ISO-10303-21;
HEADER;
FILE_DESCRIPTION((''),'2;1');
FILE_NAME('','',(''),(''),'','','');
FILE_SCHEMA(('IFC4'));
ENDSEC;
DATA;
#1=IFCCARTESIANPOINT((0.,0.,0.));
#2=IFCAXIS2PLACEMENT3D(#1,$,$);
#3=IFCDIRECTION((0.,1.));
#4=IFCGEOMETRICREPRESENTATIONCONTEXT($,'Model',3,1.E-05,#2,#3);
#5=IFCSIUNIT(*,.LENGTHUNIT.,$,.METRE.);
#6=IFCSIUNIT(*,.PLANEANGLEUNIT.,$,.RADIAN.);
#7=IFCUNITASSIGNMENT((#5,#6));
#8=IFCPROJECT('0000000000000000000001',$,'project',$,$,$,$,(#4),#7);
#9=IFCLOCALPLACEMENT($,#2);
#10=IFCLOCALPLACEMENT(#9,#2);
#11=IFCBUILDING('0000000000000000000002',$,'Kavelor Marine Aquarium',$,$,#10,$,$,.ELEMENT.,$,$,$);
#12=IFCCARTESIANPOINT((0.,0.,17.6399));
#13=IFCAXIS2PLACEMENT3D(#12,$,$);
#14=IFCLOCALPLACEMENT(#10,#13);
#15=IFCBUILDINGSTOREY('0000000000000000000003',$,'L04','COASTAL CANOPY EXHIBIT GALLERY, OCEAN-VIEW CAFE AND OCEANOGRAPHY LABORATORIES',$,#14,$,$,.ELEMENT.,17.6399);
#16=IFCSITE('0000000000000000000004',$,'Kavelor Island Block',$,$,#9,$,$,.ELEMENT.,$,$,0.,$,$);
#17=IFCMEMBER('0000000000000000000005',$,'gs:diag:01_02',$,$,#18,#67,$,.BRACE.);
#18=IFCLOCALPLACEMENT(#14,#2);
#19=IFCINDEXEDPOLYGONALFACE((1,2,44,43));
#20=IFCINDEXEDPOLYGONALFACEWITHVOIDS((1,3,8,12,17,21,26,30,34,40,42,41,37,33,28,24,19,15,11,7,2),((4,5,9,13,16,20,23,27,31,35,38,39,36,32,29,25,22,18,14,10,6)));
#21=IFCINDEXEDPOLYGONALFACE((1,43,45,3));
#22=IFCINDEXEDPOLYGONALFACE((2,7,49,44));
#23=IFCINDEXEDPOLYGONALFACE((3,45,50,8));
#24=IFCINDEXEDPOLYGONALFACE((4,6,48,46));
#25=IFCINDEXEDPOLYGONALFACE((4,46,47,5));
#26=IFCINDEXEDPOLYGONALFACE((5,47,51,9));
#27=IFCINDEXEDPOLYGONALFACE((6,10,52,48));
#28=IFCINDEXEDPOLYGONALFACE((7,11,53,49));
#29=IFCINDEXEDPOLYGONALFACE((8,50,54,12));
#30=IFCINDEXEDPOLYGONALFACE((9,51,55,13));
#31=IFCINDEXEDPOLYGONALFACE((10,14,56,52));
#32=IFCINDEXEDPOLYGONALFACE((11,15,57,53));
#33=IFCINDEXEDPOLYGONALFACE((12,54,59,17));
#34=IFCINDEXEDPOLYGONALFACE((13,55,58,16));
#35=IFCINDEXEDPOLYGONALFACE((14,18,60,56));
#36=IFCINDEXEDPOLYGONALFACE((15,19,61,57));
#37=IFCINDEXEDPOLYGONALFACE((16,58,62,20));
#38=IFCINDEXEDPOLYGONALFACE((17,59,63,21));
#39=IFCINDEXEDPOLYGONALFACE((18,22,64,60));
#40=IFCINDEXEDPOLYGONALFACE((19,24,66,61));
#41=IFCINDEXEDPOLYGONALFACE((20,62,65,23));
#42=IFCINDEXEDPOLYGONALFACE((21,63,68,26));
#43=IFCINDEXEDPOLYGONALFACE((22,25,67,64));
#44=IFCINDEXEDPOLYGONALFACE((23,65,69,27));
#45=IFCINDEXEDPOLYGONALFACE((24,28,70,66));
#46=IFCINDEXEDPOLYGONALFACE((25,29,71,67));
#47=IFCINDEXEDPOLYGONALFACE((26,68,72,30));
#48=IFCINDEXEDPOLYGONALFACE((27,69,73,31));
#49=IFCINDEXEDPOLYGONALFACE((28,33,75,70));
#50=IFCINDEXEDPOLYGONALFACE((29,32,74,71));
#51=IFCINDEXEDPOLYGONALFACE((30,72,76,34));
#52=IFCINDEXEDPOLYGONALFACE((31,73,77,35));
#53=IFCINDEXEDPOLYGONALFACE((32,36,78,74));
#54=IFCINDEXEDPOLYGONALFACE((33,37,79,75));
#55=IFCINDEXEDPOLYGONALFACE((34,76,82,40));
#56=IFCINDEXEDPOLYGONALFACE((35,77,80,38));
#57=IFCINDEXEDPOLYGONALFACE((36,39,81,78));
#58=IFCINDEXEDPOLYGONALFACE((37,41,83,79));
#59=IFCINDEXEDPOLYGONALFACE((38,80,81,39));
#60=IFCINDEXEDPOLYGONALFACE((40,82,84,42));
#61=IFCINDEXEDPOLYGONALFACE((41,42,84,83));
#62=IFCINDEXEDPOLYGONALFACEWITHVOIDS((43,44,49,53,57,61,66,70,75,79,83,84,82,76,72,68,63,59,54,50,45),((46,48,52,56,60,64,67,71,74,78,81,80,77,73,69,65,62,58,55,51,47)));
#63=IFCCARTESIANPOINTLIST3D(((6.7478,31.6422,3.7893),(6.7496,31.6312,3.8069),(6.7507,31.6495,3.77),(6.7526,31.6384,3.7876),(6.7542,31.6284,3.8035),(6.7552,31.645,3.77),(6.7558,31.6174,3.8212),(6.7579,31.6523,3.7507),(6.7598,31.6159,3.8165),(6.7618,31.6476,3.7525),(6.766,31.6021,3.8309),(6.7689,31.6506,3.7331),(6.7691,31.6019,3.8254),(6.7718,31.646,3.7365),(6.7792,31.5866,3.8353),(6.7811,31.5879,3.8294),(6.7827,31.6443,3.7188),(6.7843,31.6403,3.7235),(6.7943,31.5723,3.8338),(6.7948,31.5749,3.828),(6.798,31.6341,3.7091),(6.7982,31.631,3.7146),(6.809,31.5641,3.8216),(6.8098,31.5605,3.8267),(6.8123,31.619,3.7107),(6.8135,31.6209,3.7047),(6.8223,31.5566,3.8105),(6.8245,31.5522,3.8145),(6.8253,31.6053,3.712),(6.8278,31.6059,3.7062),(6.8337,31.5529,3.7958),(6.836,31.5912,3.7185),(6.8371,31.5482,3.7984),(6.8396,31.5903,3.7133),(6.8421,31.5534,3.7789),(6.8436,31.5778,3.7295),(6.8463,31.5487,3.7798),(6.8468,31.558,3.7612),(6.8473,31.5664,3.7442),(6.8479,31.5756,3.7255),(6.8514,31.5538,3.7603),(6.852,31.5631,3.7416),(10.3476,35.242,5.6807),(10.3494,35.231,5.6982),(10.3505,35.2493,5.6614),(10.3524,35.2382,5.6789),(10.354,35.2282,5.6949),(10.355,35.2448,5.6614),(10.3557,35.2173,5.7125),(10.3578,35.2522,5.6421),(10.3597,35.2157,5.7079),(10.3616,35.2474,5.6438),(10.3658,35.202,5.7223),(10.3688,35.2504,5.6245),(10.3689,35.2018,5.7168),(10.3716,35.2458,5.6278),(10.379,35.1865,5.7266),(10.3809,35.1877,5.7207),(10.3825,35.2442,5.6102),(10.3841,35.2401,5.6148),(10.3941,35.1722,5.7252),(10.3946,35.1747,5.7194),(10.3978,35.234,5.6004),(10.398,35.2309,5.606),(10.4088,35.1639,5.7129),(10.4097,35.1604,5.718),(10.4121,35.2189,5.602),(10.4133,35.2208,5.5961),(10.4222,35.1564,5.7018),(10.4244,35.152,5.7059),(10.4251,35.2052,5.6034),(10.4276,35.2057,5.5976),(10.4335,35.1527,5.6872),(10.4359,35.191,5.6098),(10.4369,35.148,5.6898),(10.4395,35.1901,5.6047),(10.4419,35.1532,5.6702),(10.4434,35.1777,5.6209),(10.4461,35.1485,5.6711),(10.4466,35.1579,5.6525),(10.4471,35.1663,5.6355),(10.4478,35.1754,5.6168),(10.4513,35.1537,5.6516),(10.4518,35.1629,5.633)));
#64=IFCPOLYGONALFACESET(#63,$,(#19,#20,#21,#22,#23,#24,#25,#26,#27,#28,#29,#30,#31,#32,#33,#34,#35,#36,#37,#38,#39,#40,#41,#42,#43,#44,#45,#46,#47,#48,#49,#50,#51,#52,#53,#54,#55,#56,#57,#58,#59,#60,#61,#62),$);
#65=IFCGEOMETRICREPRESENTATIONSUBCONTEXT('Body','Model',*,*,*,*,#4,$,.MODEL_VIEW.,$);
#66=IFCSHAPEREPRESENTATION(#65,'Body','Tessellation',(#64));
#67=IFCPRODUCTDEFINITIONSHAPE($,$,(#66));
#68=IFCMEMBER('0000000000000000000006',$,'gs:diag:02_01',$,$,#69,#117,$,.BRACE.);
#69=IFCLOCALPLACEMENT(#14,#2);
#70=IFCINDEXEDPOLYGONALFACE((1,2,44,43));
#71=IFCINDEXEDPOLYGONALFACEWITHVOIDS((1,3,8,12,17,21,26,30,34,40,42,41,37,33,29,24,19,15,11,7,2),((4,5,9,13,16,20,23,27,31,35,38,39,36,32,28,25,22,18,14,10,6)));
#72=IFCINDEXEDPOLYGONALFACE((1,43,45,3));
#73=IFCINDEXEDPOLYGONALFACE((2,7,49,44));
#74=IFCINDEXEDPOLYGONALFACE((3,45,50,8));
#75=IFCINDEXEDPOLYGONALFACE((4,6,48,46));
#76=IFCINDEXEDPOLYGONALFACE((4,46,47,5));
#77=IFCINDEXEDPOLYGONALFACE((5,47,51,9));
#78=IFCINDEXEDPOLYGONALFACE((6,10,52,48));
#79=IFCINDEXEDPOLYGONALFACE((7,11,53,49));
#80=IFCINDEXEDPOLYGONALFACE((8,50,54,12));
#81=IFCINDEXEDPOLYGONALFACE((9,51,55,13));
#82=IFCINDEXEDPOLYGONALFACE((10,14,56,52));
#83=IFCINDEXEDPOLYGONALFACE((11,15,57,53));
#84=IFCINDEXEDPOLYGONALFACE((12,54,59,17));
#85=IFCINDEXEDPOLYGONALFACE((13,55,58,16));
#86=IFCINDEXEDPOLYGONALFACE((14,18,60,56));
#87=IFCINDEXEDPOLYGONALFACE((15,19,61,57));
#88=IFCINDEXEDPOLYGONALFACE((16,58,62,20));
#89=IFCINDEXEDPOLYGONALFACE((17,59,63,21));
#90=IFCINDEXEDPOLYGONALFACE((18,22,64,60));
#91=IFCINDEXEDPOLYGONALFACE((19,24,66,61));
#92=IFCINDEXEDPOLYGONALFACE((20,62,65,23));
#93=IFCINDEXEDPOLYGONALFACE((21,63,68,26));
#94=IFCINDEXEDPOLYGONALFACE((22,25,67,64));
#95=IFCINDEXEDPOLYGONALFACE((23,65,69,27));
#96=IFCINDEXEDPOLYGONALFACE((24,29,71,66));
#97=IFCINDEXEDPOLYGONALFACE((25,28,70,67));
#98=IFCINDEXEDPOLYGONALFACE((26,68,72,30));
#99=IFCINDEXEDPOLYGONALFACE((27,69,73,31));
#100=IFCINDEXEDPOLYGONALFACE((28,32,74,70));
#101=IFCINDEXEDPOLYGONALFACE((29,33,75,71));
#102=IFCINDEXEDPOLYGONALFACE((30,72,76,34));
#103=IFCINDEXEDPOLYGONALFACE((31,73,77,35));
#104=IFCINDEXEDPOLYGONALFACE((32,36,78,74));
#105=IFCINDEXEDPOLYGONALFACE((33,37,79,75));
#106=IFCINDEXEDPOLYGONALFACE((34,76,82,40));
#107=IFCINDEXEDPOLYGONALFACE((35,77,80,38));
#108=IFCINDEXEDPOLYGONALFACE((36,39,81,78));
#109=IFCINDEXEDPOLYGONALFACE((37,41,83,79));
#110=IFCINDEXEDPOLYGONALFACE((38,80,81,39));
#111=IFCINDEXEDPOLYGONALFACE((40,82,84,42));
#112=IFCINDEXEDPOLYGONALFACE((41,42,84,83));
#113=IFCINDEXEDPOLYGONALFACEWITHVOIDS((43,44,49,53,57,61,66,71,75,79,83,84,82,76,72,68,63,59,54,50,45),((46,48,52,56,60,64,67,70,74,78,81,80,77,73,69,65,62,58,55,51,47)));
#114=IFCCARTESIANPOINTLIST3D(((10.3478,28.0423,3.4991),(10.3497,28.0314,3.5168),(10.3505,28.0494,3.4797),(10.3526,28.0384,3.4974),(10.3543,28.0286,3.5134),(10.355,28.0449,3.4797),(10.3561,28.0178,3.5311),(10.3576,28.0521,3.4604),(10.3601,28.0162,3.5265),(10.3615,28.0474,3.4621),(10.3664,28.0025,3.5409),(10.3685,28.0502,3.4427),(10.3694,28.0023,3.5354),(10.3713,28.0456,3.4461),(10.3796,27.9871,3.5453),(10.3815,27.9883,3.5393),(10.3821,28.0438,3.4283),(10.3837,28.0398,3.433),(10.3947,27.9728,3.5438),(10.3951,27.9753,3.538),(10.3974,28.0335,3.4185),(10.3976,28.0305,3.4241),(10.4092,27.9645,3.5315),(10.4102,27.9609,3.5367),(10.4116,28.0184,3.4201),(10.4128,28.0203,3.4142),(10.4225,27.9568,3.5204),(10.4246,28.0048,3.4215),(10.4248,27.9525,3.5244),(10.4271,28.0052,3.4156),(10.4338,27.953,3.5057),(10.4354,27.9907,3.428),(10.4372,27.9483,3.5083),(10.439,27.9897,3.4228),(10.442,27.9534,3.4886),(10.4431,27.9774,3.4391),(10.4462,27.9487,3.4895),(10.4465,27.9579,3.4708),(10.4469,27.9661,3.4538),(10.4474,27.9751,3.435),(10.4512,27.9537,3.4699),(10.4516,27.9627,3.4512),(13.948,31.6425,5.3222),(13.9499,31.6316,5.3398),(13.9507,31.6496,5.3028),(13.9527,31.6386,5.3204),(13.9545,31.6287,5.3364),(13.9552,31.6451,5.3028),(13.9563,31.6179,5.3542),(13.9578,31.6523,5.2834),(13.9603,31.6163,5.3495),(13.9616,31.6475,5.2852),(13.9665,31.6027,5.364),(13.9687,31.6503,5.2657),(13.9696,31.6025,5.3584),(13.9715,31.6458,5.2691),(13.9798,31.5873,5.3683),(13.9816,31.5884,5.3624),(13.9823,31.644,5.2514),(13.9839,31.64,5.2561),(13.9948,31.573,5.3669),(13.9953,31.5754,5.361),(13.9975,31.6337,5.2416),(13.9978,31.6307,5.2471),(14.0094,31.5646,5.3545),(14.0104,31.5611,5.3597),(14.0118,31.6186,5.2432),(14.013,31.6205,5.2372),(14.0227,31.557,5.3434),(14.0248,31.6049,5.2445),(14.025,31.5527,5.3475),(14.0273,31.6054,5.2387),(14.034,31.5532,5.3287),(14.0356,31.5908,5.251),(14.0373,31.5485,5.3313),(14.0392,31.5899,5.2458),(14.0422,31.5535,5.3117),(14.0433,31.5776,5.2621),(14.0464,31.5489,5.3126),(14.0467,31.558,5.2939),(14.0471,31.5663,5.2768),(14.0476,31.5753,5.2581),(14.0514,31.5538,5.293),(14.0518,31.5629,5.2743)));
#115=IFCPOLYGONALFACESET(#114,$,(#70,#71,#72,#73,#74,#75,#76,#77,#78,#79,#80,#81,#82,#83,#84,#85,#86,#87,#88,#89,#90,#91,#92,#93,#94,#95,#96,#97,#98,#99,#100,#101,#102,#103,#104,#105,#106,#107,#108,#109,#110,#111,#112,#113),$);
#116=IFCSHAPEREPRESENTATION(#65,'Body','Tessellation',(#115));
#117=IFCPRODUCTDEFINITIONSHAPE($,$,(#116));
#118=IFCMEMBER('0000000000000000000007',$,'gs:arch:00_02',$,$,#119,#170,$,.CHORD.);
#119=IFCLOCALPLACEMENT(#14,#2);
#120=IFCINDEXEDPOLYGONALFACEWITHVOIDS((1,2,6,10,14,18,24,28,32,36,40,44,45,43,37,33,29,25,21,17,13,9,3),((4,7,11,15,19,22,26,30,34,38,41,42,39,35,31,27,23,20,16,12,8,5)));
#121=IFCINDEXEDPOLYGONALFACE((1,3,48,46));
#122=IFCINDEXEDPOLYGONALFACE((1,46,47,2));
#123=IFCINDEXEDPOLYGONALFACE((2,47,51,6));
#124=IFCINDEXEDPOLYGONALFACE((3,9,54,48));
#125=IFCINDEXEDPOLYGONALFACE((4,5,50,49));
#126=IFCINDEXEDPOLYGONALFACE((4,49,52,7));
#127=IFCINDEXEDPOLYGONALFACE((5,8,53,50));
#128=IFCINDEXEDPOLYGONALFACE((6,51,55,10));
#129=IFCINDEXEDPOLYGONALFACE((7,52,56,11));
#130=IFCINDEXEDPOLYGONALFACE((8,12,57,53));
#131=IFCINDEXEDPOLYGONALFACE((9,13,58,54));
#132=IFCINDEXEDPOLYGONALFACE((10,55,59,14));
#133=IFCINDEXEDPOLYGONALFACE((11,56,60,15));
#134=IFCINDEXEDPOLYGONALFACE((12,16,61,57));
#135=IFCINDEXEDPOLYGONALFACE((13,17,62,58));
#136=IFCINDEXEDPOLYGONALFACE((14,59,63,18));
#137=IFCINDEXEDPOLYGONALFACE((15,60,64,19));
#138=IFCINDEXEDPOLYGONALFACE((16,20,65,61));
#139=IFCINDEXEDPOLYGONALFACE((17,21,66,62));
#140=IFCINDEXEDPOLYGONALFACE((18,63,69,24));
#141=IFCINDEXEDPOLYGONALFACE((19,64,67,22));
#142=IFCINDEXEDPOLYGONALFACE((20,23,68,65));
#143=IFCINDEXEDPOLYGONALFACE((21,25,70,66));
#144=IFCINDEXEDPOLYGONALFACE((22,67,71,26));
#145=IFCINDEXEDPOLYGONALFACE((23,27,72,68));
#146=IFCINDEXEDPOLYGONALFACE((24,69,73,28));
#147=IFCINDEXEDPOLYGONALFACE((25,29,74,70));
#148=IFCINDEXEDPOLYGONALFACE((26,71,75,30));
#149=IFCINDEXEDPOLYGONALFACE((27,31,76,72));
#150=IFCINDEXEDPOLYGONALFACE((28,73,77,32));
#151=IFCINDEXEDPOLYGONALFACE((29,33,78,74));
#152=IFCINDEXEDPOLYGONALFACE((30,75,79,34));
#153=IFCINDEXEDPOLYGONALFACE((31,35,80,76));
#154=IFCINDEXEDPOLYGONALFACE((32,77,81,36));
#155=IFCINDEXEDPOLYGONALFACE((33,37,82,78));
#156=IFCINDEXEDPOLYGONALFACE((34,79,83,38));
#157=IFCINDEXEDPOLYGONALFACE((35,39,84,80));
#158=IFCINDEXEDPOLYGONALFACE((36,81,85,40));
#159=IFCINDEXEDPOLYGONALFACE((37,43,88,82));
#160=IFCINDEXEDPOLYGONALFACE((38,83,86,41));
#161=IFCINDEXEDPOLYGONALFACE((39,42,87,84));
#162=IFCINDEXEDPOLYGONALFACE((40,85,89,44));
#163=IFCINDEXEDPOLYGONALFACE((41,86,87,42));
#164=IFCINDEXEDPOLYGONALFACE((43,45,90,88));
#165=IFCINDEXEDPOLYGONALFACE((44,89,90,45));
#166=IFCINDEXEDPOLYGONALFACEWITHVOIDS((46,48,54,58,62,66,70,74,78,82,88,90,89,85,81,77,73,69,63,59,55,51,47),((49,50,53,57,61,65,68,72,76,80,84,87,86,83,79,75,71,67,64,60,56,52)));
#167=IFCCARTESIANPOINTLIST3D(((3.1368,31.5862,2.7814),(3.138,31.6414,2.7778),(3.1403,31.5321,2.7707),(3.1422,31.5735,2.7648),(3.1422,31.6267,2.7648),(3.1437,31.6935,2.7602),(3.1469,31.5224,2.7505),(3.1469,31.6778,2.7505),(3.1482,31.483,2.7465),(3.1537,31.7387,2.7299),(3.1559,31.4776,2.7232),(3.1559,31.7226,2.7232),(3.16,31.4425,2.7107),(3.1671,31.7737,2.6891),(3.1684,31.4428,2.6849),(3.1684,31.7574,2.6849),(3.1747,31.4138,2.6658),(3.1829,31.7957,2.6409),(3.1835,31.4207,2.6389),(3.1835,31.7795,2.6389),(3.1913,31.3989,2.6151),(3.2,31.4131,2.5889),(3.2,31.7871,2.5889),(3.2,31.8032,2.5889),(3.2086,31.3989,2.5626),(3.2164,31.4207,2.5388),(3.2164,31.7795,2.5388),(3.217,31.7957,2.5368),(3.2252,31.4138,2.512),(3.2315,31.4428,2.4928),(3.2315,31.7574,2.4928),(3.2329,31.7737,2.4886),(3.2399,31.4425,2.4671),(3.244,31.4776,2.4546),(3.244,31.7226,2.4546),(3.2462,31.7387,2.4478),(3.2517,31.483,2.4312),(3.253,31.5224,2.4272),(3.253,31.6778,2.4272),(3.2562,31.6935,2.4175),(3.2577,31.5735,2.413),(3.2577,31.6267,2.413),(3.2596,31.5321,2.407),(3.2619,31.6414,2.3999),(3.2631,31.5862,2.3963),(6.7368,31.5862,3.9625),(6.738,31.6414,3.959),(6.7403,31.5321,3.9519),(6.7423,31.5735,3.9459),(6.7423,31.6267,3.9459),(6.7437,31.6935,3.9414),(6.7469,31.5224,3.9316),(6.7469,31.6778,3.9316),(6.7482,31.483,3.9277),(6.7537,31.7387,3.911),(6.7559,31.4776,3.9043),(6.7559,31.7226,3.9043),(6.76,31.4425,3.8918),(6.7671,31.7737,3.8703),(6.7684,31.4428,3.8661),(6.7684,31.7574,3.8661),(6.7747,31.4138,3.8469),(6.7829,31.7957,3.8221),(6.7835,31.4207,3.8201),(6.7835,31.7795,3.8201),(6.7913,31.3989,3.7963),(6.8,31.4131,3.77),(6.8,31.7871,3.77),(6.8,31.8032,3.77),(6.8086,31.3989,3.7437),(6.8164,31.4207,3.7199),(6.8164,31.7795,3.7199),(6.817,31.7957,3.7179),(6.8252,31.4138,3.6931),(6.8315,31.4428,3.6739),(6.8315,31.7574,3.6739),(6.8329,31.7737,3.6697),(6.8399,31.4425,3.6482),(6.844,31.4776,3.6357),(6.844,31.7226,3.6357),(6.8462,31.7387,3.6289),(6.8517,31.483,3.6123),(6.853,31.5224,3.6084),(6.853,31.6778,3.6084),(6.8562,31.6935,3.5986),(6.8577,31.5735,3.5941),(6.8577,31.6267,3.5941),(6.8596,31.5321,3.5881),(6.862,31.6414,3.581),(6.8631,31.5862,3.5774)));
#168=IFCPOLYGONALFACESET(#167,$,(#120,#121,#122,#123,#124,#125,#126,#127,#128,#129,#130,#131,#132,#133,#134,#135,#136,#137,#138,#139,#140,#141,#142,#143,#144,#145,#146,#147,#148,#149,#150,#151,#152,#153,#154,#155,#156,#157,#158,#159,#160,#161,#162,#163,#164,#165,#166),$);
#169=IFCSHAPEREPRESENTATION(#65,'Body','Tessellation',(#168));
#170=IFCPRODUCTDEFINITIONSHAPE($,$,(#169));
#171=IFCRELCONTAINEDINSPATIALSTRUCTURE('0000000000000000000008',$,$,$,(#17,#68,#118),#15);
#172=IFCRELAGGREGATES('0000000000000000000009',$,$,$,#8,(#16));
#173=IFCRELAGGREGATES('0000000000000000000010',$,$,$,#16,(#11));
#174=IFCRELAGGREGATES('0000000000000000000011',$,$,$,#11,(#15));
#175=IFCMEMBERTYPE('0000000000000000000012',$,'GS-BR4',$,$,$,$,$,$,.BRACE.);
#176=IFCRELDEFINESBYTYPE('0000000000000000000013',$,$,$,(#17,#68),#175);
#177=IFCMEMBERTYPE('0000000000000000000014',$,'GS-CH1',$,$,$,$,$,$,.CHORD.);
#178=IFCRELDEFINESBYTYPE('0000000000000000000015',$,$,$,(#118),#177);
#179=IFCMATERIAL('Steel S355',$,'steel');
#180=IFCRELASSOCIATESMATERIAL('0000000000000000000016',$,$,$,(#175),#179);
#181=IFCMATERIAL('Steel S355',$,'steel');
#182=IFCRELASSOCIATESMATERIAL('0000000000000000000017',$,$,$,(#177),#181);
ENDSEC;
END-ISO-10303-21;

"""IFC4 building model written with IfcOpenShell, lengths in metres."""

from ifc_helpers import new_model, si_unit, direction, frame, origin, origin_2d, place, context, subcontext, project, spatial, hollow_circle, extrude, material, material_profile, profile_set, type_object, element, save


model = new_model("IFC4")

# Units and contexts
model_context = context("Model", 3, precision=1e-05, world=origin(), true_north=direction((0.0, 1.0)))
body_context = subcontext(model_context, "Body", "Model", "MODEL_VIEW")
ifc_project = project(units=[si_unit("LENGTHUNIT", "METRE"), si_unit("PLANEANGLEUNIT", "RADIAN")], contexts=[model_context])

# Site, building, storey
site_placement = place(None, origin())
site = spatial("IfcSite", under=ifc_project, at=site_placement, Name="Kavelor Island Block", CompositionType="ELEMENT", RefElevation=0.0)
building_placement = place(site_placement, origin())
building = spatial("IfcBuilding", under=site, at=building_placement, Name="Kavelor Marine Aquarium", CompositionType="ELEMENT")
storey_placement = place(building_placement, frame((0.0, 0.0, 17.6399)))
storey = spatial("IfcBuildingStorey", under=building, at=storey_placement, Name="L04", Description="COASTAL CANOPY EXHIBIT GALLERY, OCEAN-VIEW CAFE AND OCEANOGRAPHY LABORATORIES", CompositionType="ELEMENT", Elevation=17.6399)

# Members
ifc_material_1 = material(Name="Steel S355", Category="steel")
ifc_material_profile_1 = material_profile(ifc_material_1, hollow_circle(Radius=0.0698, WallThickness=0.0063, at=origin_2d()), Name="CHS 139.7x6.3")
ifc_profile_set_1 = profile_set([ifc_material_profile_1], Name="Steel S355")
member_type_1 = type_object("IfcMemberType", Name="GS-BR4", PredefinedType="BRACE", material=ifc_profile_set_1)
member_1_placement = place(storey_placement, frame((6.8, 31.6001, 3.77), z_axis=(0.662842, 0.662842, 0.348256), x_axis=(-0.707107, 0.707107, 0.0)))
element("IfcMember", 1, at=member_1_placement, inside=storey, type_object=member_type_1, Name="gs:diag:01_02", PredefinedType="BRACE", context=body_context, shape_type="SweptSolid", body=[
    extrude(hollow_circle(Radius=0.0698, WallThickness=0.0063, at=origin_2d()), origin(), (0.0, 0.0, 1.0), 5.4309),
])
member_2_placement = place(storey_placement, frame((10.3999, 28.0, 3.4797), z_axis=(0.665718, 0.665718, 0.337103), x_axis=(-0.707107, 0.707107, 0.0)))
element("IfcMember", 2, at=member_2_placement, inside=storey, type_object=member_type_1, Name="gs:diag:02_01", PredefinedType="BRACE", context=body_context, shape_type="SweptSolid", body=[
    extrude(hollow_circle(Radius=0.0698, WallThickness=0.0063, at=origin_2d()), origin(), (0.0, 0.0, 1.0), 5.408),
])
ifc_material_2 = material(Name="Steel S355", Category="steel")
ifc_material_profile_2 = material_profile(ifc_material_2, hollow_circle(Radius=0.2031, WallThickness=0.0161, at=origin_2d()), Name="CHS 406.4x16.0")
ifc_profile_set_2 = profile_set([ifc_material_profile_2], Name="Steel S355")
member_type_2 = type_object("IfcMemberType", Name="GS-CH1", PredefinedType="CHORD", material=ifc_profile_set_2)
member_3_placement = place(storey_placement, frame((3.2, 31.6001, 2.5889), z_axis=(0.950168, 0.0, 0.31174), x_axis=(0.0, 1.0, 0.0)))
element("IfcMember", 3, at=member_3_placement, inside=storey, type_object=member_type_2, Name="gs:arch:00_02", PredefinedType="CHORD", context=body_context, shape_type="SweptSolid", body=[
    extrude(hollow_circle(Radius=0.2031, WallThickness=0.0161, at=origin_2d()), origin(), (0.0, 0.0, 1.0), 3.7888),
])

save(model, "model.ifc")
